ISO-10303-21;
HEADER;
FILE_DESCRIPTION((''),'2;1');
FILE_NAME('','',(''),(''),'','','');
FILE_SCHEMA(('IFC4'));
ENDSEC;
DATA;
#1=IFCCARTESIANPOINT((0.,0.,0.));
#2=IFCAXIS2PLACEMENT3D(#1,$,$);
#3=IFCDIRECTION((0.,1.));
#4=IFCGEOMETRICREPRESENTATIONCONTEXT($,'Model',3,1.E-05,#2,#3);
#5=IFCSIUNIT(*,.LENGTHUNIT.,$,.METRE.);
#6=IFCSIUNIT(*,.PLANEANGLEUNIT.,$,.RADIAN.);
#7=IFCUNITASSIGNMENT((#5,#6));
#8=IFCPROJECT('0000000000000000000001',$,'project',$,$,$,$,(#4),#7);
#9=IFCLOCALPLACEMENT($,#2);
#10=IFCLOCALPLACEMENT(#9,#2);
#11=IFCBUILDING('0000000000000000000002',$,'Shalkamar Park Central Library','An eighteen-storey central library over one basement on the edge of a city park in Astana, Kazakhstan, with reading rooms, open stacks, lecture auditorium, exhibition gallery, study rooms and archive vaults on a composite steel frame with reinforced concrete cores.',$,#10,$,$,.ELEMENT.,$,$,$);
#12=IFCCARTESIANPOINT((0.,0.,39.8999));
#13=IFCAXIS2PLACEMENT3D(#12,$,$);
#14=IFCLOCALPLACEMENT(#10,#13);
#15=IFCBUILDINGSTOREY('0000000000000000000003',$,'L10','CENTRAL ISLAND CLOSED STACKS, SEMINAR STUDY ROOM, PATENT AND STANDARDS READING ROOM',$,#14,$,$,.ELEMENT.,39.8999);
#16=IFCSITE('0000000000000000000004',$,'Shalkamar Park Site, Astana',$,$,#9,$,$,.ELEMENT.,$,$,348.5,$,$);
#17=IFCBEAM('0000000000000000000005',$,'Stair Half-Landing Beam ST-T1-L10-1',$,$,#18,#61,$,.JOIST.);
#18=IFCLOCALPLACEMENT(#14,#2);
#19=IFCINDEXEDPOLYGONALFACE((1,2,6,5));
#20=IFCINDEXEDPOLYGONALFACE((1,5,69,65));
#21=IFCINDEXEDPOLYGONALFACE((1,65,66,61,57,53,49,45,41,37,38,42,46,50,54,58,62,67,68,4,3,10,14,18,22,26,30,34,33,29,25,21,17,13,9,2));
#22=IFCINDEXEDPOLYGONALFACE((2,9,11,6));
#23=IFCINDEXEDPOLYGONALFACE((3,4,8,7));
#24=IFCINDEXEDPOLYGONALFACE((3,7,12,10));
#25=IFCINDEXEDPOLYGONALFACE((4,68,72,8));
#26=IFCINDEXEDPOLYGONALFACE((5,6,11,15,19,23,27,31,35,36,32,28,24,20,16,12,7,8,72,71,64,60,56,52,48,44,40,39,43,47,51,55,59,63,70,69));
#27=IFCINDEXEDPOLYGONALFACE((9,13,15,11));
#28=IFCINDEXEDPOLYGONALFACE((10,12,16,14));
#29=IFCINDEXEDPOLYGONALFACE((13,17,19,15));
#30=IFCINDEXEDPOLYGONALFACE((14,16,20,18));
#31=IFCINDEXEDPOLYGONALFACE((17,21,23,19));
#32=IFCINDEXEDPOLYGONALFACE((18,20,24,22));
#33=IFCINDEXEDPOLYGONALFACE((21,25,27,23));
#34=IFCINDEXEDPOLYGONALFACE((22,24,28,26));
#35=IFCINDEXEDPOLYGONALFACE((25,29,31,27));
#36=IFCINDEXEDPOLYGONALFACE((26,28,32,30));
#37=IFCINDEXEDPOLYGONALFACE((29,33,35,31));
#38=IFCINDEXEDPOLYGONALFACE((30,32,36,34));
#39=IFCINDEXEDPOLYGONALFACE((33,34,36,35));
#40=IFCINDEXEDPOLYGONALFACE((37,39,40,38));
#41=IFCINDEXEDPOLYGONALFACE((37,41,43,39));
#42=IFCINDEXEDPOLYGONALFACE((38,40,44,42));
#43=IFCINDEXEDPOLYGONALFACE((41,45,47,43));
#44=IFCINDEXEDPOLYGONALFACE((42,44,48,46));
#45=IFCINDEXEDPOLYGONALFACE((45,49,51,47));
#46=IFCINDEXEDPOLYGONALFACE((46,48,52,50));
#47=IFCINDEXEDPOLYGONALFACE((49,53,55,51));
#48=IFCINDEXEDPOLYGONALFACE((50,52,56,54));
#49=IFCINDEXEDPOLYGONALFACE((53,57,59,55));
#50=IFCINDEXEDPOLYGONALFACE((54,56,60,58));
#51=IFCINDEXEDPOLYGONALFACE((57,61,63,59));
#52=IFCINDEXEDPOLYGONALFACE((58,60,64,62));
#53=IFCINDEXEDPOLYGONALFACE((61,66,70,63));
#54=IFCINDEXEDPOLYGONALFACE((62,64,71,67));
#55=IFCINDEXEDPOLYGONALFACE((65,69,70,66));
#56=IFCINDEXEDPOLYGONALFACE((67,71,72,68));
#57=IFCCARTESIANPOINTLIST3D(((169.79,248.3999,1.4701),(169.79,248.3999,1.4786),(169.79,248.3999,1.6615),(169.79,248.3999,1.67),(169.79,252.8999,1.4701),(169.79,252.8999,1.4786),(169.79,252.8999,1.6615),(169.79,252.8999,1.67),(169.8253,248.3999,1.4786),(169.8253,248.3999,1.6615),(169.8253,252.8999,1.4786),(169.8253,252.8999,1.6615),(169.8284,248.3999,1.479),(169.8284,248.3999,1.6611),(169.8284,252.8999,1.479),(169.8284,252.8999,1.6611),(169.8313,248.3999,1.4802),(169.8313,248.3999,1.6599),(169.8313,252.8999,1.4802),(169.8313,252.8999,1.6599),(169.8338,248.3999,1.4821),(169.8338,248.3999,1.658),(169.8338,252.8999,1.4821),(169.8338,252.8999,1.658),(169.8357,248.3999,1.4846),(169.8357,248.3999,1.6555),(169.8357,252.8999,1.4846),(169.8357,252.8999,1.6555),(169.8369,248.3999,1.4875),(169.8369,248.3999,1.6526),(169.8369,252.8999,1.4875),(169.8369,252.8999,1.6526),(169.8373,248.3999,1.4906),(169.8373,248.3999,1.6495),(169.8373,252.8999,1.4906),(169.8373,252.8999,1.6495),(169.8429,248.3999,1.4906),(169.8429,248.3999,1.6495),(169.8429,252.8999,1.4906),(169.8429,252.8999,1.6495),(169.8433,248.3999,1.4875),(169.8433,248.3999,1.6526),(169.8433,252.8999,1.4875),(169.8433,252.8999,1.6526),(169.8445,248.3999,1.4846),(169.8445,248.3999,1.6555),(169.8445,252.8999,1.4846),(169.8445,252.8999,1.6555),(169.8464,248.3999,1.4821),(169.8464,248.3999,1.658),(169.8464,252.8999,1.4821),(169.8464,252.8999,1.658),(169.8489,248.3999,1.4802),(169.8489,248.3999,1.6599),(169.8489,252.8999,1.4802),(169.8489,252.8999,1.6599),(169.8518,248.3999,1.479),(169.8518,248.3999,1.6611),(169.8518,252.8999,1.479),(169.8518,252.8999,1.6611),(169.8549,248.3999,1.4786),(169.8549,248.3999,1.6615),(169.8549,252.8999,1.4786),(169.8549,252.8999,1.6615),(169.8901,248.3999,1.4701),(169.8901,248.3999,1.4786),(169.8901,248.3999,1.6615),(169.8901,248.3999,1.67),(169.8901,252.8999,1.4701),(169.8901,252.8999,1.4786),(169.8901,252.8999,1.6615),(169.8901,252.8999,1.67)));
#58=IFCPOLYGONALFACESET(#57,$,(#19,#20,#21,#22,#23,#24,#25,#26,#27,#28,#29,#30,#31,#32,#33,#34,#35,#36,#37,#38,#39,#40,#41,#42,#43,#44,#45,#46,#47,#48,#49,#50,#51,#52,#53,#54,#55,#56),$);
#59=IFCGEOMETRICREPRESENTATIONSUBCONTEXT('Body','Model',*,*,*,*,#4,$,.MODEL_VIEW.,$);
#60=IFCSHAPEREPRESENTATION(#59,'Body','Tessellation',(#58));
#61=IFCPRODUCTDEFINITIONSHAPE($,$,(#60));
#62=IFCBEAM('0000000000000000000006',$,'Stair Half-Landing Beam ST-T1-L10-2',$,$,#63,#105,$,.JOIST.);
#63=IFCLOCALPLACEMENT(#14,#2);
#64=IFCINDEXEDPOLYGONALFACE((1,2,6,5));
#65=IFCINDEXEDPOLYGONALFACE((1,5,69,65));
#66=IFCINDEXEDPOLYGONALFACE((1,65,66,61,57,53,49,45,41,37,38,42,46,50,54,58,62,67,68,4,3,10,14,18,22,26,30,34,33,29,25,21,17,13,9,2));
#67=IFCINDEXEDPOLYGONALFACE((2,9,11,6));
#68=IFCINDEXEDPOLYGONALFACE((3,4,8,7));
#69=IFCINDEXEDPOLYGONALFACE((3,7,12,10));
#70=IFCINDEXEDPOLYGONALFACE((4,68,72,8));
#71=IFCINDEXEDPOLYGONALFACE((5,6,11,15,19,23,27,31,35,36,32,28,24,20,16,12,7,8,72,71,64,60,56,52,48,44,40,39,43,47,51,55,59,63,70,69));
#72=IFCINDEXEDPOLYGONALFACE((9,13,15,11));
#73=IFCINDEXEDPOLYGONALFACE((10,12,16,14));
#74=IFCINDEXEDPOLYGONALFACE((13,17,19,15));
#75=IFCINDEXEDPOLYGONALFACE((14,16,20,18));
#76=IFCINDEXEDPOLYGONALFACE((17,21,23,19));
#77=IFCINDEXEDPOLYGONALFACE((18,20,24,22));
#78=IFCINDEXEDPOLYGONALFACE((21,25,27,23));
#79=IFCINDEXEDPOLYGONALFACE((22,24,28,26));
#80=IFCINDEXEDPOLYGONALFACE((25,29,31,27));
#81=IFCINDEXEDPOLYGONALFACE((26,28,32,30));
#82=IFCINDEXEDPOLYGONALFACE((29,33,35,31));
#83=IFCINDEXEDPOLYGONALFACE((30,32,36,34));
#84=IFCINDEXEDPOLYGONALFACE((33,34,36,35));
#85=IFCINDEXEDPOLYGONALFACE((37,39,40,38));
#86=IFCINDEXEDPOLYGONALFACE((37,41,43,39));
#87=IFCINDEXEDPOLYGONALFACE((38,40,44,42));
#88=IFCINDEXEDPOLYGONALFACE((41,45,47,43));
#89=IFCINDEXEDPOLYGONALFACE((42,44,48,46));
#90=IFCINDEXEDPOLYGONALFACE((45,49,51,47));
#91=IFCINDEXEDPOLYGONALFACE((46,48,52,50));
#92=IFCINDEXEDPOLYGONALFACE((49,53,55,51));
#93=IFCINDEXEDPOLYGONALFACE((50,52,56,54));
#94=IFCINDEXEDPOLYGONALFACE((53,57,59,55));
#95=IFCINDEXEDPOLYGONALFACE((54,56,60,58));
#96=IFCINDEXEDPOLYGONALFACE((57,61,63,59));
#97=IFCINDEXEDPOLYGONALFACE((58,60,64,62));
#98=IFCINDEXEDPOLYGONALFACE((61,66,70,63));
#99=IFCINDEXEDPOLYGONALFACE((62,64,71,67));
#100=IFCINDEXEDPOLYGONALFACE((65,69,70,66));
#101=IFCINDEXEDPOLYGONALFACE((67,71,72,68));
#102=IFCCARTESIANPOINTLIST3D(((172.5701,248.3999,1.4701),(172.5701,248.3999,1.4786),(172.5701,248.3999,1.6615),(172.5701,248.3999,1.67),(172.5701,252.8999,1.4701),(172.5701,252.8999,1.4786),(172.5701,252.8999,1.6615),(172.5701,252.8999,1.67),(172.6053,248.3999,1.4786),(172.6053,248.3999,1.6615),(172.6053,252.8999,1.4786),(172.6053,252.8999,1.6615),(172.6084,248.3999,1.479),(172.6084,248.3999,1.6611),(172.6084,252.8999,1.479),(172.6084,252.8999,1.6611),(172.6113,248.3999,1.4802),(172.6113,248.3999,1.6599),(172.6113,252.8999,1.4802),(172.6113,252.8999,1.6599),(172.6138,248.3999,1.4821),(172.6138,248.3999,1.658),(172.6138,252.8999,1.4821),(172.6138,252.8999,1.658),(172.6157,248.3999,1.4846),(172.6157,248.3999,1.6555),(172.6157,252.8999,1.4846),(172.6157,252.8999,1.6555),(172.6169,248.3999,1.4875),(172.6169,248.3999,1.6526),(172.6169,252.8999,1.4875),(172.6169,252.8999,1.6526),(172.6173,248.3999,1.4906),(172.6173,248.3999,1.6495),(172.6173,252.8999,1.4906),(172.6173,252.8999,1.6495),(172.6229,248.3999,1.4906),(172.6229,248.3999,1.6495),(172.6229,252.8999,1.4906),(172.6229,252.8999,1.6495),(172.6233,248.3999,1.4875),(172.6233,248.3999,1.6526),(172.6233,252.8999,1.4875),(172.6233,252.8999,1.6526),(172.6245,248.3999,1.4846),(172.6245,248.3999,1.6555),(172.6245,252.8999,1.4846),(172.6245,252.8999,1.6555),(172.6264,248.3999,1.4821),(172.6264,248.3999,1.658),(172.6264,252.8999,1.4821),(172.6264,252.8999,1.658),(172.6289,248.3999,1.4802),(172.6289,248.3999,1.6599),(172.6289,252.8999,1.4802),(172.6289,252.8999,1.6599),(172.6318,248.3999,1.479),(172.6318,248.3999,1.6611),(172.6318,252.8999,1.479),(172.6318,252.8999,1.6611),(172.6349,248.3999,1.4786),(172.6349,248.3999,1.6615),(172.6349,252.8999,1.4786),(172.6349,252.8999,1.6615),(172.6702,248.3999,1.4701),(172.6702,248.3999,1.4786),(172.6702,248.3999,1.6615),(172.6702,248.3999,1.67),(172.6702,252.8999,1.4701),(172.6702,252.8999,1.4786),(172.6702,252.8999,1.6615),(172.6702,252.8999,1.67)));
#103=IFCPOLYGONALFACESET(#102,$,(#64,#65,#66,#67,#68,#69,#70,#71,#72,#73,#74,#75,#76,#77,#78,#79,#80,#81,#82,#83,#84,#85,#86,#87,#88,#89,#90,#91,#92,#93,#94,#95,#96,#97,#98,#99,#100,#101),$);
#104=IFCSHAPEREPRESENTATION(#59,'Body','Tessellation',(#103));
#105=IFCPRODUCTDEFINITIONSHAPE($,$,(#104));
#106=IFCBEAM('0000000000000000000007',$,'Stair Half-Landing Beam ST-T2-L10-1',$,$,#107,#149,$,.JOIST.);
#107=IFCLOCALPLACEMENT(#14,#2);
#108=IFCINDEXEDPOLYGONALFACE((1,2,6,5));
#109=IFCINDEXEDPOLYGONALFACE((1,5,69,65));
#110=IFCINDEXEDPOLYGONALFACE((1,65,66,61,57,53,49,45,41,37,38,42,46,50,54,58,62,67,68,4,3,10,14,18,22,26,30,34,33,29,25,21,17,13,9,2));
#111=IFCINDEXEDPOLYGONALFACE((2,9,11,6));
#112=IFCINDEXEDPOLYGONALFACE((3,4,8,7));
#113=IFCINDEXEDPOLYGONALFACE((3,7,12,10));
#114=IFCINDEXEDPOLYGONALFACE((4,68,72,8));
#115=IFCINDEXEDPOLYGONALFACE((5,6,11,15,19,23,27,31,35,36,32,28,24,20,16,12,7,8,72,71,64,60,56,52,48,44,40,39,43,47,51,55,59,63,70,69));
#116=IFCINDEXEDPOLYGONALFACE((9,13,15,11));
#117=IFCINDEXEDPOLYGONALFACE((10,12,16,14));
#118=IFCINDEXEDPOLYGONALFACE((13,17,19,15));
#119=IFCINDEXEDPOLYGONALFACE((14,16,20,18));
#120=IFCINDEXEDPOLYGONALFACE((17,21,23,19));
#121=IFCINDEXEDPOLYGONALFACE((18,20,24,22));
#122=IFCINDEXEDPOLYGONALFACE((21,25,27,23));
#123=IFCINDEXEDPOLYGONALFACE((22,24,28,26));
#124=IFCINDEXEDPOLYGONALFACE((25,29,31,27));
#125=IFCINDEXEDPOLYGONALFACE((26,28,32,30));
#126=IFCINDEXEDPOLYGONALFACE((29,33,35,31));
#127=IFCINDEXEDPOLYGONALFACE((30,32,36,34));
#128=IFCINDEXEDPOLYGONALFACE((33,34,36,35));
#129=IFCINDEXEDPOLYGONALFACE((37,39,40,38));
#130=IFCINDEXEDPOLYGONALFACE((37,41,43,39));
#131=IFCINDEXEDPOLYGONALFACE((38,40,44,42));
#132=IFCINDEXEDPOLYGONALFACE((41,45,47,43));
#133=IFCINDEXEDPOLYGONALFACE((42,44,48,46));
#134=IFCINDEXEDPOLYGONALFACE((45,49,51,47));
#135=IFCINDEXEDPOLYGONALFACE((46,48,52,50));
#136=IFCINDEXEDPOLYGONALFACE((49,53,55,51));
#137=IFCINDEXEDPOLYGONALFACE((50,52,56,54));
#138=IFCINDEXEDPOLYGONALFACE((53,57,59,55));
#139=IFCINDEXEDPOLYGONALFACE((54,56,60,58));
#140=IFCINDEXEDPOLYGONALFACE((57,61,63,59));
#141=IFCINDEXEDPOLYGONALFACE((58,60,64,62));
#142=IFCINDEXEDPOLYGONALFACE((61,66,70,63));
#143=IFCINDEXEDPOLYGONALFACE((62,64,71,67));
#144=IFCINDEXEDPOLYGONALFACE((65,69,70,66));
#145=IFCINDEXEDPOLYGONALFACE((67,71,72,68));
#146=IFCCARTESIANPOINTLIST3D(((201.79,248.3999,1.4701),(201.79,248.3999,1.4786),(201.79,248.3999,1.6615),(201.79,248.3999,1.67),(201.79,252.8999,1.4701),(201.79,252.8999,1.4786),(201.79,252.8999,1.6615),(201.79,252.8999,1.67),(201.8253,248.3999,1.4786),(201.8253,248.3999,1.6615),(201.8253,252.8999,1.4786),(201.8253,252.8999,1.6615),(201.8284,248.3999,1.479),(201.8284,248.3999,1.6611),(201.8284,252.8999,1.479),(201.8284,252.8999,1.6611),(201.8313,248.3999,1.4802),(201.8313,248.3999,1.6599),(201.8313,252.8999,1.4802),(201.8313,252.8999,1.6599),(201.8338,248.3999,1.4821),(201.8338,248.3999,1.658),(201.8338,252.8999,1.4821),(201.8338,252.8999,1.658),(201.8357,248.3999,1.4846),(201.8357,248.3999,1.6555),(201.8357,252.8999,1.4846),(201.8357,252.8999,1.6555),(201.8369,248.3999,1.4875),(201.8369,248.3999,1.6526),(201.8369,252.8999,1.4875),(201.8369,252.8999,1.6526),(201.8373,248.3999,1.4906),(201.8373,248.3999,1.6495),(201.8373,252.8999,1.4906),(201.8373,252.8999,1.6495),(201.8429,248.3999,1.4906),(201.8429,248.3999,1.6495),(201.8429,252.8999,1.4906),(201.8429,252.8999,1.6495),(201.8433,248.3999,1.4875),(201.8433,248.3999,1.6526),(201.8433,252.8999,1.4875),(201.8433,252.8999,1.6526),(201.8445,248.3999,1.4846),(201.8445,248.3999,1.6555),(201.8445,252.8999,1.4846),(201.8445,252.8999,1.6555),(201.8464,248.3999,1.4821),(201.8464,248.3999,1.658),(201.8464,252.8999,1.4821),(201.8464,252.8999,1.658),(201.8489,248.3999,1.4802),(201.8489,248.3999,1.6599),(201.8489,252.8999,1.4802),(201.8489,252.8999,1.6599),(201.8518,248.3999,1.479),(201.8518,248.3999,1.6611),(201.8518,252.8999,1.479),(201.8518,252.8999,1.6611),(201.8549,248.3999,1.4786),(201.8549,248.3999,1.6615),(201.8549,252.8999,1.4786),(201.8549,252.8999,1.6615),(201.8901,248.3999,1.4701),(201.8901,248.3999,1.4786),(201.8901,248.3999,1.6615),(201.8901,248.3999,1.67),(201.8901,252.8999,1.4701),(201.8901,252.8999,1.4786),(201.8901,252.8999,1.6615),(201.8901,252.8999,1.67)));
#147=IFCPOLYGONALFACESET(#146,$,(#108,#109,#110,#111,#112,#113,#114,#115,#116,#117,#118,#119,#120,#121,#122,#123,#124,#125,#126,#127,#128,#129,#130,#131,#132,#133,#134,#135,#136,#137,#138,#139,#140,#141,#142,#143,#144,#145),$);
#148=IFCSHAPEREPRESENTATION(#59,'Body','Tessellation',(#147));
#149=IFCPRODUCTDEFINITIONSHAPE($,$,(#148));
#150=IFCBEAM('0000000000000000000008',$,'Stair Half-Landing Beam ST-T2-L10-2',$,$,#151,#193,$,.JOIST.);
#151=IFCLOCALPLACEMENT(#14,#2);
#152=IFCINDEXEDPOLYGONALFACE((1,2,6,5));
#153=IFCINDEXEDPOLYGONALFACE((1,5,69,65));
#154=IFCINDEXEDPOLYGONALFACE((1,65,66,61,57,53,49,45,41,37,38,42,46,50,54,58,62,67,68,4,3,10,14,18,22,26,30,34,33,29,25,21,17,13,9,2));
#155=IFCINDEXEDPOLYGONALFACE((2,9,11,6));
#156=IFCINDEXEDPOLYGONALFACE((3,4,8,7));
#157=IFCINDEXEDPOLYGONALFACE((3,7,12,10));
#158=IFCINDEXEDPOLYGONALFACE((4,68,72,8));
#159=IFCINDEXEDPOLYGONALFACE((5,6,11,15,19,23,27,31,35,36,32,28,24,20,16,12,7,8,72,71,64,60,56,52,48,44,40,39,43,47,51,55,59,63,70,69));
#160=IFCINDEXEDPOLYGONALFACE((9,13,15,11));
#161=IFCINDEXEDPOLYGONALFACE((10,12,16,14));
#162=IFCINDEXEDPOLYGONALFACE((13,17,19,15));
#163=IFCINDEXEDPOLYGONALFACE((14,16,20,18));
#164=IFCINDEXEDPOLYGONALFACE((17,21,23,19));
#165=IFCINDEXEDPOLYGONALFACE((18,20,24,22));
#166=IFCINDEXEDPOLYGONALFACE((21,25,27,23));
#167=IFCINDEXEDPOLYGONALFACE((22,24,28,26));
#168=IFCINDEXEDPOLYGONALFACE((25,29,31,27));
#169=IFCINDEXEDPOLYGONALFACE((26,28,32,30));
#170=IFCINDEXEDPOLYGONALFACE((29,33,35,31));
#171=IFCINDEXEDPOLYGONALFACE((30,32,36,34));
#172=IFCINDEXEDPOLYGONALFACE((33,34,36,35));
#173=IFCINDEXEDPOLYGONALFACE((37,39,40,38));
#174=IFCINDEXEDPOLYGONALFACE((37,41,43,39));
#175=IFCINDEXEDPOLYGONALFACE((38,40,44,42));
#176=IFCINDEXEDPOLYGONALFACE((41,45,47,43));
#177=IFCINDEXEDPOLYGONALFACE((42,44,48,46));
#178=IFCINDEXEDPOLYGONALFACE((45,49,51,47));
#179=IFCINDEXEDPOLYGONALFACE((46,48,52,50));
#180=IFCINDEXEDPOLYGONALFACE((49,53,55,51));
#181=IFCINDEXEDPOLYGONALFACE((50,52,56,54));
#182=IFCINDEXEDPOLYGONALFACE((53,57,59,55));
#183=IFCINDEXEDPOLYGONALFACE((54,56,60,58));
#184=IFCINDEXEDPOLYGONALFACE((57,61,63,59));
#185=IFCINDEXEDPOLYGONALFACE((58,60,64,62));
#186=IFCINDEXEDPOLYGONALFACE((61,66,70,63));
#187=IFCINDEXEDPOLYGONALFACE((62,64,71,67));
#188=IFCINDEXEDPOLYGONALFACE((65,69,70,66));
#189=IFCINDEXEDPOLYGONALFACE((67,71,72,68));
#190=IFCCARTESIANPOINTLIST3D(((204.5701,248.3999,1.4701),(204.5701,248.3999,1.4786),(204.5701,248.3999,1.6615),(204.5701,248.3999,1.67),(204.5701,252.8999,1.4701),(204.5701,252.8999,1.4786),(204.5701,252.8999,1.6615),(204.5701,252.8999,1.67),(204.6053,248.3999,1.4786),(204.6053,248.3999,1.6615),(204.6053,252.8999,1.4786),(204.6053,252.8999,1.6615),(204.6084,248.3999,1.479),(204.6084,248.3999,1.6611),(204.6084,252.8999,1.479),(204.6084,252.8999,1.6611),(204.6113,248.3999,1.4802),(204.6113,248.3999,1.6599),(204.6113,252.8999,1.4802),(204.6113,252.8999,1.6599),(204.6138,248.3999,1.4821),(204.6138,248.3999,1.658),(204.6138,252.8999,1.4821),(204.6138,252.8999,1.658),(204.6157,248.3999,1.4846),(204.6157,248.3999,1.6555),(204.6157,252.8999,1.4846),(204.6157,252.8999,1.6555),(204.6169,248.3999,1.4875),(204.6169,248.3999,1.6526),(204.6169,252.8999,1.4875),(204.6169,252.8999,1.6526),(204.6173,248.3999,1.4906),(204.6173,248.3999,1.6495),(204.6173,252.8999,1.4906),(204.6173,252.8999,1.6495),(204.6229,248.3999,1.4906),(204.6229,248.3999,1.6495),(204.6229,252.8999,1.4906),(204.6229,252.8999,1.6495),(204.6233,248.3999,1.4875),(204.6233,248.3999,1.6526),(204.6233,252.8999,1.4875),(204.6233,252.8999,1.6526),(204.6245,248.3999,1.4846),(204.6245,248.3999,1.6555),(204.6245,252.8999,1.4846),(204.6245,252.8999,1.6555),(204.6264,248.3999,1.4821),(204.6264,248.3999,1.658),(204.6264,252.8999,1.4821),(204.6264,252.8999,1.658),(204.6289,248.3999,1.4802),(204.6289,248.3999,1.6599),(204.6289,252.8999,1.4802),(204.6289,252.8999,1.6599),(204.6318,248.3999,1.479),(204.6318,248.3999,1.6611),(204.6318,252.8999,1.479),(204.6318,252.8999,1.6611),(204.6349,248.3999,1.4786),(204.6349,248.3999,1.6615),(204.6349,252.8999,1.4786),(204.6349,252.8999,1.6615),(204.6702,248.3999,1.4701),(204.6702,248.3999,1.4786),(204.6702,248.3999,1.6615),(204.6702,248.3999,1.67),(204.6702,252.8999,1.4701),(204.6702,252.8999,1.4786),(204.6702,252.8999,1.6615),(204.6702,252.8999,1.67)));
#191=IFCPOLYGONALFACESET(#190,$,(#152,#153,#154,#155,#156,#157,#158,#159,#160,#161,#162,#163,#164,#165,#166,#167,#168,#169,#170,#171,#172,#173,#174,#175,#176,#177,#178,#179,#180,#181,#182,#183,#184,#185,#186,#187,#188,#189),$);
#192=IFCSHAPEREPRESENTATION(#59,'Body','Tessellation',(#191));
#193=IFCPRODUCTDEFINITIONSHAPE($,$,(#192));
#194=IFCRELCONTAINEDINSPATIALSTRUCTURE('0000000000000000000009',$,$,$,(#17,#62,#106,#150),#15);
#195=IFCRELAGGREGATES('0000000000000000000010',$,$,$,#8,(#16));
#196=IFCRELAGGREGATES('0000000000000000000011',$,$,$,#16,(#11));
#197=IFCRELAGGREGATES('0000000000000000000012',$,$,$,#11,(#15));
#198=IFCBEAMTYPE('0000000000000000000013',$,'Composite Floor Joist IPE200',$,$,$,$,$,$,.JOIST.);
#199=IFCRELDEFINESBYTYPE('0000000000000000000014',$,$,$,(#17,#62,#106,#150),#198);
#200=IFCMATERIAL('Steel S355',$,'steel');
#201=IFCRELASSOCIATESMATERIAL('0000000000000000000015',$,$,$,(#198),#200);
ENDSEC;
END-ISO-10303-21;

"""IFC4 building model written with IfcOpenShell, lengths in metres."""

from ifc_helpers import new_model, si_unit, direction, frame, origin, origin_2d, place, context, subcontext, project, spatial, i_section, extrude, material, material_profile, profile_set, type_object, element, save


model = new_model("IFC4")

# Units and contexts
model_context = context("Model", 3, precision=1e-05, world=origin(), true_north=direction((0.0, 1.0)))
body_context = subcontext(model_context, "Body", "Model", "MODEL_VIEW")
ifc_project = project(units=[si_unit("LENGTHUNIT", "METRE"), si_unit("PLANEANGLEUNIT", "RADIAN")], contexts=[model_context])

# Site, building, storey
site_placement = place(None, origin())
site = spatial("IfcSite", under=ifc_project, at=site_placement, Name="Shalkamar Park Site, Astana", CompositionType="ELEMENT", RefElevation=348.5)
building_placement = place(site_placement, origin())
building = spatial("IfcBuilding", under=site, at=building_placement, Name="Shalkamar Park Central Library", Description="An eighteen-storey central library over one basement on the edge of a city park in Astana, Kazakhstan, with reading rooms, open stacks, lecture auditorium, exhibition gallery, study rooms and archive vaults on a composite steel frame with reinforced concrete cores.", CompositionType="ELEMENT")
storey_placement = place(building_placement, frame((0.0, 0.0, 39.8999)))
storey = spatial("IfcBuildingStorey", under=building, at=storey_placement, Name="L10", Description="CENTRAL ISLAND CLOSED STACKS, SEMINAR STUDY ROOM, PATENT AND STANDARDS READING ROOM", CompositionType="ELEMENT", Elevation=39.8999)

# Beams
ifc_material_1 = material(Name="Steel S355", Category="steel")
ifc_material_profile_1 = material_profile(ifc_material_1, i_section(OverallWidth=0.1001, OverallDepth=0.2, WebThickness=0.0056, FlangeThickness=0.0085, FilletRadius=0.012, at=origin_2d()), Name="IPE 200")
ifc_profile_set_1 = profile_set([ifc_material_profile_1], Name="Steel S355")
beam_type_1 = type_object("IfcBeamType", Name="Composite Floor Joist IPE200", PredefinedType="JOIST", material=ifc_profile_set_1)
for number, where, z_axis, x_axis, name in (
    (1, (169.8401, 248.3999, 1.5701), (0.0, 1.0, 0.0), (-1.0, 0.0, 0.0), "Stair Half-Landing Beam ST-T1-L10-1"),
    (2, (172.6201, 248.3999, 1.5701), (0.0, 1.0, 0.0), (-1.0, 0.0, 0.0), "Stair Half-Landing Beam ST-T1-L10-2"),
    (3, (201.8401, 248.3999, 1.5701), (0.0, 1.0, 0.0), (-1.0, 0.0, 0.0), "Stair Half-Landing Beam ST-T2-L10-1"),
    (4, (204.6201, 248.3999, 1.5701), (0.0, 1.0, 0.0), (-1.0, 0.0, 0.0), "Stair Half-Landing Beam ST-T2-L10-2"),
):
    element("IfcBeam", number, at=place(storey_placement, frame(where, z_axis=z_axis, x_axis=x_axis)), inside=storey, type_object=beam_type_1, Name=name, PredefinedType="JOIST", context=body_context, shape_type="SweptSolid", body=[
        extrude(i_section(OverallWidth=0.1001, OverallDepth=0.2, WebThickness=0.0056, FlangeThickness=0.0085, FilletRadius=0.012, at=origin_2d()), origin(), (0.0, 0.0, 1.0), 4.5),
    ])

save(model, "model.ifc")
